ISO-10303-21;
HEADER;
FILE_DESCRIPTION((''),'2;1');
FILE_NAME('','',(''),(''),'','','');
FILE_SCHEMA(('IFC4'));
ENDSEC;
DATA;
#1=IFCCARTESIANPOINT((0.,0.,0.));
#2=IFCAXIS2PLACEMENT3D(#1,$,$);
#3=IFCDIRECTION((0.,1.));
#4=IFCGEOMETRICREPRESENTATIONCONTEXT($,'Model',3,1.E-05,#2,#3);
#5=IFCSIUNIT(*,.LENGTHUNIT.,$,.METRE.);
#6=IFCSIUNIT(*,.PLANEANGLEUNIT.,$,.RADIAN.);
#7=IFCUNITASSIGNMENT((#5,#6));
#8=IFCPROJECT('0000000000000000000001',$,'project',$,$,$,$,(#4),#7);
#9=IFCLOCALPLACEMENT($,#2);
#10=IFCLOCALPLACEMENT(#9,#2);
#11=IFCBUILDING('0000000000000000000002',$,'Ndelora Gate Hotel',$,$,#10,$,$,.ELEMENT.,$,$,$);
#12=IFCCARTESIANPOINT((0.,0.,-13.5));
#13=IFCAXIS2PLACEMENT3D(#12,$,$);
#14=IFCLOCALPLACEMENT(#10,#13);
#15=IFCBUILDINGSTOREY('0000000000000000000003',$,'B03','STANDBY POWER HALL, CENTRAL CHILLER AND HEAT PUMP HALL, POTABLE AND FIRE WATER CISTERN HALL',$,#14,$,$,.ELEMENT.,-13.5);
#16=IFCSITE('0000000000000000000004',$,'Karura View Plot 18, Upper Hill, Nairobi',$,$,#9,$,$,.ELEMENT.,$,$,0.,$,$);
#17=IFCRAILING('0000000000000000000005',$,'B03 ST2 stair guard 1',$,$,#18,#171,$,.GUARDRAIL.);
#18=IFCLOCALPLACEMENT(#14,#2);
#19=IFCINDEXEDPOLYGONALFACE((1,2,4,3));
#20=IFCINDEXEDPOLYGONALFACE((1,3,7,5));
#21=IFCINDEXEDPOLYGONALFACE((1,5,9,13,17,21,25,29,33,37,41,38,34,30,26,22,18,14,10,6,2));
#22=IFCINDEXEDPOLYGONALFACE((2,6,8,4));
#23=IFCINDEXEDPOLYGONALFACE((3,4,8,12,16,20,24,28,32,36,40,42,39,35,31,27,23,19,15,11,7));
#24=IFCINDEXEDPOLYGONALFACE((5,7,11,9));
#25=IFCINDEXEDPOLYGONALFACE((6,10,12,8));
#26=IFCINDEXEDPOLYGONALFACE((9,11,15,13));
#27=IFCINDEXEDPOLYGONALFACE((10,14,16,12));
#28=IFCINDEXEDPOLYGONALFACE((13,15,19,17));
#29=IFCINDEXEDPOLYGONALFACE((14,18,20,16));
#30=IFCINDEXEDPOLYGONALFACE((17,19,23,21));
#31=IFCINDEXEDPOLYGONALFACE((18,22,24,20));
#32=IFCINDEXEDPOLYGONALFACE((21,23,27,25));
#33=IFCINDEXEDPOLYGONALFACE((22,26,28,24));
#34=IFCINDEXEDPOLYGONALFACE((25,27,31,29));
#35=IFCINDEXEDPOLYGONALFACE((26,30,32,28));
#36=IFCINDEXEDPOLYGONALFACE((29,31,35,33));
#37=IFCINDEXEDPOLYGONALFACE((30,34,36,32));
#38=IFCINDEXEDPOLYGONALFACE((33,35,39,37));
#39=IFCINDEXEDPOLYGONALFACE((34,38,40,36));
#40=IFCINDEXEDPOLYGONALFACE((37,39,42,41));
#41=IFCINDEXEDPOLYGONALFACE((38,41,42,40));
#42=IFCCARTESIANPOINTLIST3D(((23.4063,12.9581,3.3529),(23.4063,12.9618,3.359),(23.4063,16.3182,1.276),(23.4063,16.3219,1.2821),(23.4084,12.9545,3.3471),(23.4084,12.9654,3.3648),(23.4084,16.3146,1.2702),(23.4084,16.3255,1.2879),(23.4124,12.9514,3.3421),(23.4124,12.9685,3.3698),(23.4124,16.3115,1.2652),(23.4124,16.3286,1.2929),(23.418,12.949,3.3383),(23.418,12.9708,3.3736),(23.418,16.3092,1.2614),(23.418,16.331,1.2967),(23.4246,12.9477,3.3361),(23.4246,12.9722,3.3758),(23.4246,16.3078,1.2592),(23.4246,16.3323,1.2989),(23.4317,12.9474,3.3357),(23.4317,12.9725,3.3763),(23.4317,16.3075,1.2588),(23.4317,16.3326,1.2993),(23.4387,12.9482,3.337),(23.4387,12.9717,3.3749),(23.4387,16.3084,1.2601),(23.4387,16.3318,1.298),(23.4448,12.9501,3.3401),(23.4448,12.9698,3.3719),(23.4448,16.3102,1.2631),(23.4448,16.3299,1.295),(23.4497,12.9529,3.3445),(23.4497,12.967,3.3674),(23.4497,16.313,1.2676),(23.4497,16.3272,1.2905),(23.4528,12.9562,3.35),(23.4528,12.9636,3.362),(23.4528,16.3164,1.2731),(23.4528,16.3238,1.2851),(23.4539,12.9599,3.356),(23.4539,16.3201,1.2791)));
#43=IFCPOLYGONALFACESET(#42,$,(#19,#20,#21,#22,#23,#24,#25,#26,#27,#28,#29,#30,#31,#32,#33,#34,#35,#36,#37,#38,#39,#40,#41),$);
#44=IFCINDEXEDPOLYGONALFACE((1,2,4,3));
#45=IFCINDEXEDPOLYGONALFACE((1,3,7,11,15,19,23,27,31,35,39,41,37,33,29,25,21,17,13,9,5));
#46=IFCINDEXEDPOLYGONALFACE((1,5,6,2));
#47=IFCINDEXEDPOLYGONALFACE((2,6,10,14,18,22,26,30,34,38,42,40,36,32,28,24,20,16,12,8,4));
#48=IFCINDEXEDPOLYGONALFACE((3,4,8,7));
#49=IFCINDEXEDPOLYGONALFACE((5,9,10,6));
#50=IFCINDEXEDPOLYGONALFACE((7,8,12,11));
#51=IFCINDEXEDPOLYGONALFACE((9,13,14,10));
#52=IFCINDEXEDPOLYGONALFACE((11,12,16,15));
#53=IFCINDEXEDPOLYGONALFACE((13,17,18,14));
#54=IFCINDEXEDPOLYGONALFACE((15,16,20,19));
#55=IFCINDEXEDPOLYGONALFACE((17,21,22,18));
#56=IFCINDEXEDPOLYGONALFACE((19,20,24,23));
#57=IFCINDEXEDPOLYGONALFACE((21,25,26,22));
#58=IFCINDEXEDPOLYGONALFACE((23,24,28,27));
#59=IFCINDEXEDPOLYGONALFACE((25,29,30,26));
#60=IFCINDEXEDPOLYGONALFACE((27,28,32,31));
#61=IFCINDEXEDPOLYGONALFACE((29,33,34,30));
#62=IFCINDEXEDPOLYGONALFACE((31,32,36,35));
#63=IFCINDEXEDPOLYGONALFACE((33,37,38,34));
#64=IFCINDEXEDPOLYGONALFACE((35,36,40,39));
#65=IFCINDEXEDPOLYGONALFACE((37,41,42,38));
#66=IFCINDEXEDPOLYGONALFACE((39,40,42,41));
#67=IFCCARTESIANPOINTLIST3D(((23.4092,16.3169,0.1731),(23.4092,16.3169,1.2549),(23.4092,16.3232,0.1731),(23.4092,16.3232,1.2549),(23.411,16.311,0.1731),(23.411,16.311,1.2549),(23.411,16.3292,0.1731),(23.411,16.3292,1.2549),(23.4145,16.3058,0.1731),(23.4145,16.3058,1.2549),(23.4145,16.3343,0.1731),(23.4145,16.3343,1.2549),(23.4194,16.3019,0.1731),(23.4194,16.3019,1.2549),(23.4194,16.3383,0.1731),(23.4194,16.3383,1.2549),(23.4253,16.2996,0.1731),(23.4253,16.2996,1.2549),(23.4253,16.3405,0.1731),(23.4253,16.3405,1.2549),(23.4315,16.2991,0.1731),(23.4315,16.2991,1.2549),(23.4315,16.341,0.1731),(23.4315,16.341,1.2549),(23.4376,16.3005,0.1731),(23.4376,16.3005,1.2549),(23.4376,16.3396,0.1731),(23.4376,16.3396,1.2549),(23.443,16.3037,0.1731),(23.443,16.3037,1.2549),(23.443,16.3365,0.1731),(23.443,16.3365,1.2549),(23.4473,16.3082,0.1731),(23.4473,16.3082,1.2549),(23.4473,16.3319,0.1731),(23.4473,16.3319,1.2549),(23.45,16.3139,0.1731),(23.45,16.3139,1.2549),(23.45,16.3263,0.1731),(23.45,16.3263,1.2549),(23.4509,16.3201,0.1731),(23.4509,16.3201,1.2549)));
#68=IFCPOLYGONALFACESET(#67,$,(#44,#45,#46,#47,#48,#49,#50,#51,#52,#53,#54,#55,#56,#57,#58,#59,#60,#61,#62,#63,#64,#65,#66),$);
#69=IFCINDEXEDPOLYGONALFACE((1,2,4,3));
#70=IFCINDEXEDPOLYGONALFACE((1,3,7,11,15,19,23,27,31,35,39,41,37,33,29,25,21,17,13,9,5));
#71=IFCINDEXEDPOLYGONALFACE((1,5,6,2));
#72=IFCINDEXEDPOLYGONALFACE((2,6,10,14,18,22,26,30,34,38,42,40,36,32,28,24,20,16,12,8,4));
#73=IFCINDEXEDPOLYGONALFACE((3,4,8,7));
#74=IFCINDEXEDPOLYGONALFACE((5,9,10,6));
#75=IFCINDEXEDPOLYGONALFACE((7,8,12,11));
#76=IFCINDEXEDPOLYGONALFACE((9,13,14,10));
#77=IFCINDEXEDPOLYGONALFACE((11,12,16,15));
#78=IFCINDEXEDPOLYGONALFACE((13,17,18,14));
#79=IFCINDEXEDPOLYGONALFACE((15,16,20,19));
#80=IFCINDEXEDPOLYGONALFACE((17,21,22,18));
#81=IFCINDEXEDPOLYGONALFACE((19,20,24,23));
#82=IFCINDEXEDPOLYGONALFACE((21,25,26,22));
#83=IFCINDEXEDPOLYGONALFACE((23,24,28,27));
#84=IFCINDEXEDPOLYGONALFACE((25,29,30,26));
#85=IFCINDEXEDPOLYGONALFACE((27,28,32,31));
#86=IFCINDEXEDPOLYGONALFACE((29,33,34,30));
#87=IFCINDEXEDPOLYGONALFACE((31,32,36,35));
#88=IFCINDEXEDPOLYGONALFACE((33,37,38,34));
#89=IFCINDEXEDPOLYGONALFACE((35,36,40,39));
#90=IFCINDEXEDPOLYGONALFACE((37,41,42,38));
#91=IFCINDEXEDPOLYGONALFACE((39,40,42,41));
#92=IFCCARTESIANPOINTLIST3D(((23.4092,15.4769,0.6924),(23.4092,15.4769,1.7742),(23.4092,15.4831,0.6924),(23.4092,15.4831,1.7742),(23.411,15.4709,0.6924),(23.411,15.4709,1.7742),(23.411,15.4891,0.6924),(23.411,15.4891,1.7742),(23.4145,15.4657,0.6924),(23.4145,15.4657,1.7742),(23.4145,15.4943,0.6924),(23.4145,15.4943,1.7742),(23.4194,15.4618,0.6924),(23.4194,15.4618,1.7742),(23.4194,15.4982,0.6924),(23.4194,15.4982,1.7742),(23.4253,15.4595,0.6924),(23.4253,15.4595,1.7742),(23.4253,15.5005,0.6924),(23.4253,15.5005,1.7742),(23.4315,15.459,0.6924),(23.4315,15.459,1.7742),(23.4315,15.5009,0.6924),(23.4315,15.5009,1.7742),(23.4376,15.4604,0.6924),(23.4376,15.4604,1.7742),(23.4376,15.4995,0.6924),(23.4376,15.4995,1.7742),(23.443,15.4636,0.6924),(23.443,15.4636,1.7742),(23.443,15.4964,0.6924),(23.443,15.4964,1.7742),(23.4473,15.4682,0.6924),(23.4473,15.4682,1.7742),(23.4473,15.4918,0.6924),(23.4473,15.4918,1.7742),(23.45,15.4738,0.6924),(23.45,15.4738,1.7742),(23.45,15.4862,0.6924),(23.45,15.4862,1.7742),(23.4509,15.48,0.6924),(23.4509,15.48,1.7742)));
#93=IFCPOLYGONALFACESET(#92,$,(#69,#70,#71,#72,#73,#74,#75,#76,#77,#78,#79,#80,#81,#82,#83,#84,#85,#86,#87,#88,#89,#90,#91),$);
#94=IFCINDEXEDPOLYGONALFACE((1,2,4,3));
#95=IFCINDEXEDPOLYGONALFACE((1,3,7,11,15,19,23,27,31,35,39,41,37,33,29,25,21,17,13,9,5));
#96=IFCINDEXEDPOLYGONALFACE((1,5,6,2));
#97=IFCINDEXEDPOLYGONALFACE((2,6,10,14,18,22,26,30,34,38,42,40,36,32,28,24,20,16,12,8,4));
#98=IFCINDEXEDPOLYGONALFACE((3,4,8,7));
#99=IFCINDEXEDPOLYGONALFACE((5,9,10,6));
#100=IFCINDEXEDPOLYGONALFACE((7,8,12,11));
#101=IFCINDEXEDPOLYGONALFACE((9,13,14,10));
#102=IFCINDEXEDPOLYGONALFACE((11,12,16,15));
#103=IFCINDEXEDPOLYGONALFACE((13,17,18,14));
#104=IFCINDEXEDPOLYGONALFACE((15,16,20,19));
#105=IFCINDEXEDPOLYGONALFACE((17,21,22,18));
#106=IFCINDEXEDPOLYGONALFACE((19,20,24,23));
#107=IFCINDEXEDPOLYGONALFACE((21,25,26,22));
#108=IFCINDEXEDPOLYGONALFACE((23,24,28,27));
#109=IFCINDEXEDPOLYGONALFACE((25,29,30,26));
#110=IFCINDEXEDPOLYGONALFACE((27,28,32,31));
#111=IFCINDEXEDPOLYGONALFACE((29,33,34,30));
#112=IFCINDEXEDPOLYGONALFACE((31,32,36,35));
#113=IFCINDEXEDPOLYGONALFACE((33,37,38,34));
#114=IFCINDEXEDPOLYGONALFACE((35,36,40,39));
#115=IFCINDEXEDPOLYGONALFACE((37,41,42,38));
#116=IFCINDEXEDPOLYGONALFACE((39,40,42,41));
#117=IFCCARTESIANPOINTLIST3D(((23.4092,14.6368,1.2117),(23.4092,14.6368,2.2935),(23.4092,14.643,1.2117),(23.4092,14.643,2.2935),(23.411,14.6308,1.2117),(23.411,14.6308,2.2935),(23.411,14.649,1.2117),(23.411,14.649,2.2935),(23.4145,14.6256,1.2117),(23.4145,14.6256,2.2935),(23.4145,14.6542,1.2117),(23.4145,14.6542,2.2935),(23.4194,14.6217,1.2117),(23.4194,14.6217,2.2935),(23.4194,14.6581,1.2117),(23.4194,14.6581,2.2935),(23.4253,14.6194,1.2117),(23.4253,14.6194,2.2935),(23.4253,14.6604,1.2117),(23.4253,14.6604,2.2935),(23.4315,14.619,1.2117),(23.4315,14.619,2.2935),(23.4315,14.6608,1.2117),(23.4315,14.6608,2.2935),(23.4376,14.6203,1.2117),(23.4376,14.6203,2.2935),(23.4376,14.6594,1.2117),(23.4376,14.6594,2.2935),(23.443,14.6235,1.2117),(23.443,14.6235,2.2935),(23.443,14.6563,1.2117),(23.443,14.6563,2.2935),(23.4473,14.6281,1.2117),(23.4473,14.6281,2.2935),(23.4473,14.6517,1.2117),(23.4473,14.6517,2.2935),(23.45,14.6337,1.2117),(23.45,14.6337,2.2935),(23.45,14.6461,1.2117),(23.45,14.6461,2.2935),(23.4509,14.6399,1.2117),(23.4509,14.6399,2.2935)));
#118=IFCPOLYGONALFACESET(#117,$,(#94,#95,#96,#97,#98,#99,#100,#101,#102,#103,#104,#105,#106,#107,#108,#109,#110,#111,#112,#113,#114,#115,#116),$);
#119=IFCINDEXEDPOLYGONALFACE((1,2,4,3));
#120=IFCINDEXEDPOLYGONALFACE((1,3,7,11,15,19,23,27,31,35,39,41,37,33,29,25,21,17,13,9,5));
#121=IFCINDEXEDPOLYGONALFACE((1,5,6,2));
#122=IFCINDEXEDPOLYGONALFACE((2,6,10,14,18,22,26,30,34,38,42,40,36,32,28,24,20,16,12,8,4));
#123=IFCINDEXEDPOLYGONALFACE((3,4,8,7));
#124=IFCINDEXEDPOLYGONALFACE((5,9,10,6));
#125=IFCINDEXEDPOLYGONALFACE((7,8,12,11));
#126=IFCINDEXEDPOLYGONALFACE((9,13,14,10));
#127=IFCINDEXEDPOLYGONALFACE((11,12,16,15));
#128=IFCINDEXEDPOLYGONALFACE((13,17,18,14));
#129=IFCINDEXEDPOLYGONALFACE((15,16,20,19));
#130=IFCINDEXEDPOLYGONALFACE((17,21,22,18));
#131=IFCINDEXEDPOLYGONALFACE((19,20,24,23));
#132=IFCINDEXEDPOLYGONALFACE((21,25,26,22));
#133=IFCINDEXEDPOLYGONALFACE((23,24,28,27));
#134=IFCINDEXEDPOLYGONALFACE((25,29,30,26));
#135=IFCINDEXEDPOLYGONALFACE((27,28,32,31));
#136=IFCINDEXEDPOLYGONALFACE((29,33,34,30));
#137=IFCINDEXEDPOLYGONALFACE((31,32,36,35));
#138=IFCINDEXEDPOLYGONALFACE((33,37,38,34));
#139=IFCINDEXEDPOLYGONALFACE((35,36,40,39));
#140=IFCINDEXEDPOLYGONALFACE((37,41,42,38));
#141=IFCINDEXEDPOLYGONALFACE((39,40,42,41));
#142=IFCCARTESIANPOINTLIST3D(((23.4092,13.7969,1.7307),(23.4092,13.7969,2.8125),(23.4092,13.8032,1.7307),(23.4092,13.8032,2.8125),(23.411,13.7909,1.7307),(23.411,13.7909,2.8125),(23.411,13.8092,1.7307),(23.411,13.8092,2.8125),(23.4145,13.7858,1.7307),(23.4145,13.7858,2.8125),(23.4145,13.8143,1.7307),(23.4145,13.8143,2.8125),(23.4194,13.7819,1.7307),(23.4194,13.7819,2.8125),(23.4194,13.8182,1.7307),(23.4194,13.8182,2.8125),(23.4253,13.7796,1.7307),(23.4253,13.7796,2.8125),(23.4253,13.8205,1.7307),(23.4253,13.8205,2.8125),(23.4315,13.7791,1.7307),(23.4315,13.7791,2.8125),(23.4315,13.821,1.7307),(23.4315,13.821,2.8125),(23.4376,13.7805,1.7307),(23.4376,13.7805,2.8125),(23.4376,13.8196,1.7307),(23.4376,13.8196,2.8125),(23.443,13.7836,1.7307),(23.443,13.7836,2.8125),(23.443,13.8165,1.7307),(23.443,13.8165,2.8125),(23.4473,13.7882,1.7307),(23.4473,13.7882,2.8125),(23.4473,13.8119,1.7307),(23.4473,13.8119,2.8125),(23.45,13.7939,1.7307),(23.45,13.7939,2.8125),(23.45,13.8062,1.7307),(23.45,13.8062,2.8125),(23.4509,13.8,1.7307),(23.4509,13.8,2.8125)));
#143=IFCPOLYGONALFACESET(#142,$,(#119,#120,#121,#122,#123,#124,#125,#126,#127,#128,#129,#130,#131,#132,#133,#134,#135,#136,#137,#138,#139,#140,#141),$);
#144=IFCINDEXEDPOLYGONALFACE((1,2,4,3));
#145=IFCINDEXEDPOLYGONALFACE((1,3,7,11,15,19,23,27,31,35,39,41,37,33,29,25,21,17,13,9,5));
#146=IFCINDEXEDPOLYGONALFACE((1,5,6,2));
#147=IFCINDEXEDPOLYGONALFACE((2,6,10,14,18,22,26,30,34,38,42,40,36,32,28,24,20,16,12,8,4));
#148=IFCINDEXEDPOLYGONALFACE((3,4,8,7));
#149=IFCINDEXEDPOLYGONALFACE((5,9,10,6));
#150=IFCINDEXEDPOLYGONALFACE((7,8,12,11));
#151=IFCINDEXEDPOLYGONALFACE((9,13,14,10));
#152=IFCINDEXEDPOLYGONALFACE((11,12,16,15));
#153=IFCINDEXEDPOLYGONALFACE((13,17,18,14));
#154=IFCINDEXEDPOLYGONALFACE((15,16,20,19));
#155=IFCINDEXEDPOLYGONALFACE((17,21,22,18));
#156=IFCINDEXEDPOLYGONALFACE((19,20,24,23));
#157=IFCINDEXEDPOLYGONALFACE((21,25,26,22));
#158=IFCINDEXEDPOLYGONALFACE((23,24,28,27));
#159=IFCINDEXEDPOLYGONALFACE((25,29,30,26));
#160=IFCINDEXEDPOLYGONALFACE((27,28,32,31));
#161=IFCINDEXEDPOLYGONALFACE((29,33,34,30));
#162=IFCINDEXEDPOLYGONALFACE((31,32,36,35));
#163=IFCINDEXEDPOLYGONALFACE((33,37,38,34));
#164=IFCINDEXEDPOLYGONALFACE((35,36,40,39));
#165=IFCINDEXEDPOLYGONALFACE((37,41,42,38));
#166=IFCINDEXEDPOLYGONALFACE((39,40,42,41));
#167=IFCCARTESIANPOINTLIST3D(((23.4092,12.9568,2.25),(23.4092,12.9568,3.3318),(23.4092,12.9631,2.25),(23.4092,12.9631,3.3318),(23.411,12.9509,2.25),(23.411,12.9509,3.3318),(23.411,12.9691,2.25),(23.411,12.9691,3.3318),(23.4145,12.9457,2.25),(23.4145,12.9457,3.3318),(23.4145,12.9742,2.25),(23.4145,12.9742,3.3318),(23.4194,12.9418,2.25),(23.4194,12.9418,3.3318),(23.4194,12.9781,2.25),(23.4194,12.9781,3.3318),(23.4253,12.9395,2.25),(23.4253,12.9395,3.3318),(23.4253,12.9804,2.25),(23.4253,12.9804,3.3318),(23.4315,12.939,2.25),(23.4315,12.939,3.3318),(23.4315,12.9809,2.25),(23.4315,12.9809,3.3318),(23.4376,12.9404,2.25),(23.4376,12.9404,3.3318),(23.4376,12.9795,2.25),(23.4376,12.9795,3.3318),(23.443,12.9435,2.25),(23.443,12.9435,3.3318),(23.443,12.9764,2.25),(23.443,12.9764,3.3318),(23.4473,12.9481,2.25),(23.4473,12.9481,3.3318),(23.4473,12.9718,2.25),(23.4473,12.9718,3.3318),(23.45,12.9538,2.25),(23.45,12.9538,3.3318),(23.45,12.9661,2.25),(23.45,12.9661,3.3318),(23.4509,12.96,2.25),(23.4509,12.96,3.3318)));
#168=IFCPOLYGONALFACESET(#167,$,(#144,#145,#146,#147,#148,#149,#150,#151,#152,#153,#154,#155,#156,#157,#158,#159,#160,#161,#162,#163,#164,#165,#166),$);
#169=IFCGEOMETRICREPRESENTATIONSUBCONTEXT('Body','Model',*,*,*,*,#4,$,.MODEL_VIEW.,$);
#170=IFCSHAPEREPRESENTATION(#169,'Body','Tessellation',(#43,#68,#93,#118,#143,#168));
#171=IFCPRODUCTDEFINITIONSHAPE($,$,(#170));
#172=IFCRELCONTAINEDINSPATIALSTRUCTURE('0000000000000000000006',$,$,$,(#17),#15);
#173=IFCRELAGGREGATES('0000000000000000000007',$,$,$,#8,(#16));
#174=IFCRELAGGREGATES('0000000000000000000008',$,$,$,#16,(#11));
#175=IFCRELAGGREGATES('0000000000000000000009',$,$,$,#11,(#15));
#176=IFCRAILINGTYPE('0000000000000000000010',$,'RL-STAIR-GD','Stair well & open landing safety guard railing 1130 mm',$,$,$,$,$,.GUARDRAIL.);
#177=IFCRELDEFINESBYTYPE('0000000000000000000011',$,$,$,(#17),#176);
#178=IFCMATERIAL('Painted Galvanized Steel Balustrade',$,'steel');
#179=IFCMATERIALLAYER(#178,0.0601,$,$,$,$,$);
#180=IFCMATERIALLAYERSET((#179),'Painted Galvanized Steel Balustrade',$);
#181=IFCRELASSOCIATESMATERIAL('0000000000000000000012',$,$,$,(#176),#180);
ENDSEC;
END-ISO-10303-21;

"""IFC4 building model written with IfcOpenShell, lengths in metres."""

from ifc_helpers import new_model, si_unit, direction, frame, origin, origin_2d, place, context, subcontext, project, spatial, circle, extrude, material, layer, layer_set, type_object, element, save


model = new_model("IFC4")

# Units and contexts
model_context = context("Model", 3, precision=1e-05, world=origin(), true_north=direction((0.0, 1.0)))
body_context = subcontext(model_context, "Body", "Model", "MODEL_VIEW")
ifc_project = project(units=[si_unit("LENGTHUNIT", "METRE"), si_unit("PLANEANGLEUNIT", "RADIAN")], contexts=[model_context])

# Site, building, storey
site_placement = place(None, origin())
site = spatial("IfcSite", under=ifc_project, at=site_placement, Name="Karura View Plot 18, Upper Hill, Nairobi", CompositionType="ELEMENT", RefElevation=0.0)
building_placement = place(site_placement, origin())
building = spatial("IfcBuilding", under=site, at=building_placement, Name="Ndelora Gate Hotel", CompositionType="ELEMENT")
storey_placement = place(building_placement, frame((0.0, 0.0, -13.5)))
storey = spatial("IfcBuildingStorey", under=building, at=storey_placement, Name="B03", Description="STANDBY POWER HALL, CENTRAL CHILLER AND HEAT PUMP HALL, POTABLE AND FIRE WATER CISTERN HALL", CompositionType="ELEMENT", Elevation=-13.5)

# Railing
ifc_material_1 = material(Name="Painted Galvanized Steel Balustrade", Category="steel")
ifc_layer_1 = layer(ifc_material_1, 0.0601)
ifc_layer_set_1 = layer_set([ifc_layer_1], Name="Painted Galvanized Steel Balustrade")
railing_type_1 = type_object("IfcRailingType", Name="RL-STAIR-GD", Description="Stair well & open landing safety guard railing 1130 mm", PredefinedType="GUARDRAIL", material=ifc_layer_set_1)
railing_1_placement = place(storey_placement, frame((23.4299, 16.3201, 0.1731)))
element("IfcRailing", 1, at=railing_1_placement, inside=storey, type_object=railing_type_1, Name="B03 ST2 stair guard 1", PredefinedType="GUARDRAIL", context=body_context, shape_type="SweptSolid", body=[
    extrude(circle(Radius=0.0239, at=origin_2d()), frame((0.0, 0.0, 1.106), z_axis=(0.0, -0.850623, 0.525776), x_axis=(1.0, 0.0, 0.0)), (0.0, 0.0, 1.0), 3.9502),
    extrude(circle(Radius=0.021, at=origin_2d()), origin(), (0.0, 0.0, 1.0), 1.0818),
    extrude(circle(Radius=0.021, at=origin_2d()), frame((0.0, -0.8401, 0.5193)), (0.0, 0.0, 1.0), 1.0818),
    extrude(circle(Radius=0.021, at=origin_2d()), frame((0.0, -1.6802, 1.0386)), (0.0, 0.0, 1.0), 1.0818),
    extrude(circle(Radius=0.021, at=origin_2d()), frame((0.0, -2.52, 1.5576)), (0.0, 0.0, 1.0), 1.0818),
    extrude(circle(Radius=0.021, at=origin_2d()), frame((0.0, -3.3601, 2.0769)), (0.0, 0.0, 1.0), 1.0818),
])

save(model, "model.ifc")
